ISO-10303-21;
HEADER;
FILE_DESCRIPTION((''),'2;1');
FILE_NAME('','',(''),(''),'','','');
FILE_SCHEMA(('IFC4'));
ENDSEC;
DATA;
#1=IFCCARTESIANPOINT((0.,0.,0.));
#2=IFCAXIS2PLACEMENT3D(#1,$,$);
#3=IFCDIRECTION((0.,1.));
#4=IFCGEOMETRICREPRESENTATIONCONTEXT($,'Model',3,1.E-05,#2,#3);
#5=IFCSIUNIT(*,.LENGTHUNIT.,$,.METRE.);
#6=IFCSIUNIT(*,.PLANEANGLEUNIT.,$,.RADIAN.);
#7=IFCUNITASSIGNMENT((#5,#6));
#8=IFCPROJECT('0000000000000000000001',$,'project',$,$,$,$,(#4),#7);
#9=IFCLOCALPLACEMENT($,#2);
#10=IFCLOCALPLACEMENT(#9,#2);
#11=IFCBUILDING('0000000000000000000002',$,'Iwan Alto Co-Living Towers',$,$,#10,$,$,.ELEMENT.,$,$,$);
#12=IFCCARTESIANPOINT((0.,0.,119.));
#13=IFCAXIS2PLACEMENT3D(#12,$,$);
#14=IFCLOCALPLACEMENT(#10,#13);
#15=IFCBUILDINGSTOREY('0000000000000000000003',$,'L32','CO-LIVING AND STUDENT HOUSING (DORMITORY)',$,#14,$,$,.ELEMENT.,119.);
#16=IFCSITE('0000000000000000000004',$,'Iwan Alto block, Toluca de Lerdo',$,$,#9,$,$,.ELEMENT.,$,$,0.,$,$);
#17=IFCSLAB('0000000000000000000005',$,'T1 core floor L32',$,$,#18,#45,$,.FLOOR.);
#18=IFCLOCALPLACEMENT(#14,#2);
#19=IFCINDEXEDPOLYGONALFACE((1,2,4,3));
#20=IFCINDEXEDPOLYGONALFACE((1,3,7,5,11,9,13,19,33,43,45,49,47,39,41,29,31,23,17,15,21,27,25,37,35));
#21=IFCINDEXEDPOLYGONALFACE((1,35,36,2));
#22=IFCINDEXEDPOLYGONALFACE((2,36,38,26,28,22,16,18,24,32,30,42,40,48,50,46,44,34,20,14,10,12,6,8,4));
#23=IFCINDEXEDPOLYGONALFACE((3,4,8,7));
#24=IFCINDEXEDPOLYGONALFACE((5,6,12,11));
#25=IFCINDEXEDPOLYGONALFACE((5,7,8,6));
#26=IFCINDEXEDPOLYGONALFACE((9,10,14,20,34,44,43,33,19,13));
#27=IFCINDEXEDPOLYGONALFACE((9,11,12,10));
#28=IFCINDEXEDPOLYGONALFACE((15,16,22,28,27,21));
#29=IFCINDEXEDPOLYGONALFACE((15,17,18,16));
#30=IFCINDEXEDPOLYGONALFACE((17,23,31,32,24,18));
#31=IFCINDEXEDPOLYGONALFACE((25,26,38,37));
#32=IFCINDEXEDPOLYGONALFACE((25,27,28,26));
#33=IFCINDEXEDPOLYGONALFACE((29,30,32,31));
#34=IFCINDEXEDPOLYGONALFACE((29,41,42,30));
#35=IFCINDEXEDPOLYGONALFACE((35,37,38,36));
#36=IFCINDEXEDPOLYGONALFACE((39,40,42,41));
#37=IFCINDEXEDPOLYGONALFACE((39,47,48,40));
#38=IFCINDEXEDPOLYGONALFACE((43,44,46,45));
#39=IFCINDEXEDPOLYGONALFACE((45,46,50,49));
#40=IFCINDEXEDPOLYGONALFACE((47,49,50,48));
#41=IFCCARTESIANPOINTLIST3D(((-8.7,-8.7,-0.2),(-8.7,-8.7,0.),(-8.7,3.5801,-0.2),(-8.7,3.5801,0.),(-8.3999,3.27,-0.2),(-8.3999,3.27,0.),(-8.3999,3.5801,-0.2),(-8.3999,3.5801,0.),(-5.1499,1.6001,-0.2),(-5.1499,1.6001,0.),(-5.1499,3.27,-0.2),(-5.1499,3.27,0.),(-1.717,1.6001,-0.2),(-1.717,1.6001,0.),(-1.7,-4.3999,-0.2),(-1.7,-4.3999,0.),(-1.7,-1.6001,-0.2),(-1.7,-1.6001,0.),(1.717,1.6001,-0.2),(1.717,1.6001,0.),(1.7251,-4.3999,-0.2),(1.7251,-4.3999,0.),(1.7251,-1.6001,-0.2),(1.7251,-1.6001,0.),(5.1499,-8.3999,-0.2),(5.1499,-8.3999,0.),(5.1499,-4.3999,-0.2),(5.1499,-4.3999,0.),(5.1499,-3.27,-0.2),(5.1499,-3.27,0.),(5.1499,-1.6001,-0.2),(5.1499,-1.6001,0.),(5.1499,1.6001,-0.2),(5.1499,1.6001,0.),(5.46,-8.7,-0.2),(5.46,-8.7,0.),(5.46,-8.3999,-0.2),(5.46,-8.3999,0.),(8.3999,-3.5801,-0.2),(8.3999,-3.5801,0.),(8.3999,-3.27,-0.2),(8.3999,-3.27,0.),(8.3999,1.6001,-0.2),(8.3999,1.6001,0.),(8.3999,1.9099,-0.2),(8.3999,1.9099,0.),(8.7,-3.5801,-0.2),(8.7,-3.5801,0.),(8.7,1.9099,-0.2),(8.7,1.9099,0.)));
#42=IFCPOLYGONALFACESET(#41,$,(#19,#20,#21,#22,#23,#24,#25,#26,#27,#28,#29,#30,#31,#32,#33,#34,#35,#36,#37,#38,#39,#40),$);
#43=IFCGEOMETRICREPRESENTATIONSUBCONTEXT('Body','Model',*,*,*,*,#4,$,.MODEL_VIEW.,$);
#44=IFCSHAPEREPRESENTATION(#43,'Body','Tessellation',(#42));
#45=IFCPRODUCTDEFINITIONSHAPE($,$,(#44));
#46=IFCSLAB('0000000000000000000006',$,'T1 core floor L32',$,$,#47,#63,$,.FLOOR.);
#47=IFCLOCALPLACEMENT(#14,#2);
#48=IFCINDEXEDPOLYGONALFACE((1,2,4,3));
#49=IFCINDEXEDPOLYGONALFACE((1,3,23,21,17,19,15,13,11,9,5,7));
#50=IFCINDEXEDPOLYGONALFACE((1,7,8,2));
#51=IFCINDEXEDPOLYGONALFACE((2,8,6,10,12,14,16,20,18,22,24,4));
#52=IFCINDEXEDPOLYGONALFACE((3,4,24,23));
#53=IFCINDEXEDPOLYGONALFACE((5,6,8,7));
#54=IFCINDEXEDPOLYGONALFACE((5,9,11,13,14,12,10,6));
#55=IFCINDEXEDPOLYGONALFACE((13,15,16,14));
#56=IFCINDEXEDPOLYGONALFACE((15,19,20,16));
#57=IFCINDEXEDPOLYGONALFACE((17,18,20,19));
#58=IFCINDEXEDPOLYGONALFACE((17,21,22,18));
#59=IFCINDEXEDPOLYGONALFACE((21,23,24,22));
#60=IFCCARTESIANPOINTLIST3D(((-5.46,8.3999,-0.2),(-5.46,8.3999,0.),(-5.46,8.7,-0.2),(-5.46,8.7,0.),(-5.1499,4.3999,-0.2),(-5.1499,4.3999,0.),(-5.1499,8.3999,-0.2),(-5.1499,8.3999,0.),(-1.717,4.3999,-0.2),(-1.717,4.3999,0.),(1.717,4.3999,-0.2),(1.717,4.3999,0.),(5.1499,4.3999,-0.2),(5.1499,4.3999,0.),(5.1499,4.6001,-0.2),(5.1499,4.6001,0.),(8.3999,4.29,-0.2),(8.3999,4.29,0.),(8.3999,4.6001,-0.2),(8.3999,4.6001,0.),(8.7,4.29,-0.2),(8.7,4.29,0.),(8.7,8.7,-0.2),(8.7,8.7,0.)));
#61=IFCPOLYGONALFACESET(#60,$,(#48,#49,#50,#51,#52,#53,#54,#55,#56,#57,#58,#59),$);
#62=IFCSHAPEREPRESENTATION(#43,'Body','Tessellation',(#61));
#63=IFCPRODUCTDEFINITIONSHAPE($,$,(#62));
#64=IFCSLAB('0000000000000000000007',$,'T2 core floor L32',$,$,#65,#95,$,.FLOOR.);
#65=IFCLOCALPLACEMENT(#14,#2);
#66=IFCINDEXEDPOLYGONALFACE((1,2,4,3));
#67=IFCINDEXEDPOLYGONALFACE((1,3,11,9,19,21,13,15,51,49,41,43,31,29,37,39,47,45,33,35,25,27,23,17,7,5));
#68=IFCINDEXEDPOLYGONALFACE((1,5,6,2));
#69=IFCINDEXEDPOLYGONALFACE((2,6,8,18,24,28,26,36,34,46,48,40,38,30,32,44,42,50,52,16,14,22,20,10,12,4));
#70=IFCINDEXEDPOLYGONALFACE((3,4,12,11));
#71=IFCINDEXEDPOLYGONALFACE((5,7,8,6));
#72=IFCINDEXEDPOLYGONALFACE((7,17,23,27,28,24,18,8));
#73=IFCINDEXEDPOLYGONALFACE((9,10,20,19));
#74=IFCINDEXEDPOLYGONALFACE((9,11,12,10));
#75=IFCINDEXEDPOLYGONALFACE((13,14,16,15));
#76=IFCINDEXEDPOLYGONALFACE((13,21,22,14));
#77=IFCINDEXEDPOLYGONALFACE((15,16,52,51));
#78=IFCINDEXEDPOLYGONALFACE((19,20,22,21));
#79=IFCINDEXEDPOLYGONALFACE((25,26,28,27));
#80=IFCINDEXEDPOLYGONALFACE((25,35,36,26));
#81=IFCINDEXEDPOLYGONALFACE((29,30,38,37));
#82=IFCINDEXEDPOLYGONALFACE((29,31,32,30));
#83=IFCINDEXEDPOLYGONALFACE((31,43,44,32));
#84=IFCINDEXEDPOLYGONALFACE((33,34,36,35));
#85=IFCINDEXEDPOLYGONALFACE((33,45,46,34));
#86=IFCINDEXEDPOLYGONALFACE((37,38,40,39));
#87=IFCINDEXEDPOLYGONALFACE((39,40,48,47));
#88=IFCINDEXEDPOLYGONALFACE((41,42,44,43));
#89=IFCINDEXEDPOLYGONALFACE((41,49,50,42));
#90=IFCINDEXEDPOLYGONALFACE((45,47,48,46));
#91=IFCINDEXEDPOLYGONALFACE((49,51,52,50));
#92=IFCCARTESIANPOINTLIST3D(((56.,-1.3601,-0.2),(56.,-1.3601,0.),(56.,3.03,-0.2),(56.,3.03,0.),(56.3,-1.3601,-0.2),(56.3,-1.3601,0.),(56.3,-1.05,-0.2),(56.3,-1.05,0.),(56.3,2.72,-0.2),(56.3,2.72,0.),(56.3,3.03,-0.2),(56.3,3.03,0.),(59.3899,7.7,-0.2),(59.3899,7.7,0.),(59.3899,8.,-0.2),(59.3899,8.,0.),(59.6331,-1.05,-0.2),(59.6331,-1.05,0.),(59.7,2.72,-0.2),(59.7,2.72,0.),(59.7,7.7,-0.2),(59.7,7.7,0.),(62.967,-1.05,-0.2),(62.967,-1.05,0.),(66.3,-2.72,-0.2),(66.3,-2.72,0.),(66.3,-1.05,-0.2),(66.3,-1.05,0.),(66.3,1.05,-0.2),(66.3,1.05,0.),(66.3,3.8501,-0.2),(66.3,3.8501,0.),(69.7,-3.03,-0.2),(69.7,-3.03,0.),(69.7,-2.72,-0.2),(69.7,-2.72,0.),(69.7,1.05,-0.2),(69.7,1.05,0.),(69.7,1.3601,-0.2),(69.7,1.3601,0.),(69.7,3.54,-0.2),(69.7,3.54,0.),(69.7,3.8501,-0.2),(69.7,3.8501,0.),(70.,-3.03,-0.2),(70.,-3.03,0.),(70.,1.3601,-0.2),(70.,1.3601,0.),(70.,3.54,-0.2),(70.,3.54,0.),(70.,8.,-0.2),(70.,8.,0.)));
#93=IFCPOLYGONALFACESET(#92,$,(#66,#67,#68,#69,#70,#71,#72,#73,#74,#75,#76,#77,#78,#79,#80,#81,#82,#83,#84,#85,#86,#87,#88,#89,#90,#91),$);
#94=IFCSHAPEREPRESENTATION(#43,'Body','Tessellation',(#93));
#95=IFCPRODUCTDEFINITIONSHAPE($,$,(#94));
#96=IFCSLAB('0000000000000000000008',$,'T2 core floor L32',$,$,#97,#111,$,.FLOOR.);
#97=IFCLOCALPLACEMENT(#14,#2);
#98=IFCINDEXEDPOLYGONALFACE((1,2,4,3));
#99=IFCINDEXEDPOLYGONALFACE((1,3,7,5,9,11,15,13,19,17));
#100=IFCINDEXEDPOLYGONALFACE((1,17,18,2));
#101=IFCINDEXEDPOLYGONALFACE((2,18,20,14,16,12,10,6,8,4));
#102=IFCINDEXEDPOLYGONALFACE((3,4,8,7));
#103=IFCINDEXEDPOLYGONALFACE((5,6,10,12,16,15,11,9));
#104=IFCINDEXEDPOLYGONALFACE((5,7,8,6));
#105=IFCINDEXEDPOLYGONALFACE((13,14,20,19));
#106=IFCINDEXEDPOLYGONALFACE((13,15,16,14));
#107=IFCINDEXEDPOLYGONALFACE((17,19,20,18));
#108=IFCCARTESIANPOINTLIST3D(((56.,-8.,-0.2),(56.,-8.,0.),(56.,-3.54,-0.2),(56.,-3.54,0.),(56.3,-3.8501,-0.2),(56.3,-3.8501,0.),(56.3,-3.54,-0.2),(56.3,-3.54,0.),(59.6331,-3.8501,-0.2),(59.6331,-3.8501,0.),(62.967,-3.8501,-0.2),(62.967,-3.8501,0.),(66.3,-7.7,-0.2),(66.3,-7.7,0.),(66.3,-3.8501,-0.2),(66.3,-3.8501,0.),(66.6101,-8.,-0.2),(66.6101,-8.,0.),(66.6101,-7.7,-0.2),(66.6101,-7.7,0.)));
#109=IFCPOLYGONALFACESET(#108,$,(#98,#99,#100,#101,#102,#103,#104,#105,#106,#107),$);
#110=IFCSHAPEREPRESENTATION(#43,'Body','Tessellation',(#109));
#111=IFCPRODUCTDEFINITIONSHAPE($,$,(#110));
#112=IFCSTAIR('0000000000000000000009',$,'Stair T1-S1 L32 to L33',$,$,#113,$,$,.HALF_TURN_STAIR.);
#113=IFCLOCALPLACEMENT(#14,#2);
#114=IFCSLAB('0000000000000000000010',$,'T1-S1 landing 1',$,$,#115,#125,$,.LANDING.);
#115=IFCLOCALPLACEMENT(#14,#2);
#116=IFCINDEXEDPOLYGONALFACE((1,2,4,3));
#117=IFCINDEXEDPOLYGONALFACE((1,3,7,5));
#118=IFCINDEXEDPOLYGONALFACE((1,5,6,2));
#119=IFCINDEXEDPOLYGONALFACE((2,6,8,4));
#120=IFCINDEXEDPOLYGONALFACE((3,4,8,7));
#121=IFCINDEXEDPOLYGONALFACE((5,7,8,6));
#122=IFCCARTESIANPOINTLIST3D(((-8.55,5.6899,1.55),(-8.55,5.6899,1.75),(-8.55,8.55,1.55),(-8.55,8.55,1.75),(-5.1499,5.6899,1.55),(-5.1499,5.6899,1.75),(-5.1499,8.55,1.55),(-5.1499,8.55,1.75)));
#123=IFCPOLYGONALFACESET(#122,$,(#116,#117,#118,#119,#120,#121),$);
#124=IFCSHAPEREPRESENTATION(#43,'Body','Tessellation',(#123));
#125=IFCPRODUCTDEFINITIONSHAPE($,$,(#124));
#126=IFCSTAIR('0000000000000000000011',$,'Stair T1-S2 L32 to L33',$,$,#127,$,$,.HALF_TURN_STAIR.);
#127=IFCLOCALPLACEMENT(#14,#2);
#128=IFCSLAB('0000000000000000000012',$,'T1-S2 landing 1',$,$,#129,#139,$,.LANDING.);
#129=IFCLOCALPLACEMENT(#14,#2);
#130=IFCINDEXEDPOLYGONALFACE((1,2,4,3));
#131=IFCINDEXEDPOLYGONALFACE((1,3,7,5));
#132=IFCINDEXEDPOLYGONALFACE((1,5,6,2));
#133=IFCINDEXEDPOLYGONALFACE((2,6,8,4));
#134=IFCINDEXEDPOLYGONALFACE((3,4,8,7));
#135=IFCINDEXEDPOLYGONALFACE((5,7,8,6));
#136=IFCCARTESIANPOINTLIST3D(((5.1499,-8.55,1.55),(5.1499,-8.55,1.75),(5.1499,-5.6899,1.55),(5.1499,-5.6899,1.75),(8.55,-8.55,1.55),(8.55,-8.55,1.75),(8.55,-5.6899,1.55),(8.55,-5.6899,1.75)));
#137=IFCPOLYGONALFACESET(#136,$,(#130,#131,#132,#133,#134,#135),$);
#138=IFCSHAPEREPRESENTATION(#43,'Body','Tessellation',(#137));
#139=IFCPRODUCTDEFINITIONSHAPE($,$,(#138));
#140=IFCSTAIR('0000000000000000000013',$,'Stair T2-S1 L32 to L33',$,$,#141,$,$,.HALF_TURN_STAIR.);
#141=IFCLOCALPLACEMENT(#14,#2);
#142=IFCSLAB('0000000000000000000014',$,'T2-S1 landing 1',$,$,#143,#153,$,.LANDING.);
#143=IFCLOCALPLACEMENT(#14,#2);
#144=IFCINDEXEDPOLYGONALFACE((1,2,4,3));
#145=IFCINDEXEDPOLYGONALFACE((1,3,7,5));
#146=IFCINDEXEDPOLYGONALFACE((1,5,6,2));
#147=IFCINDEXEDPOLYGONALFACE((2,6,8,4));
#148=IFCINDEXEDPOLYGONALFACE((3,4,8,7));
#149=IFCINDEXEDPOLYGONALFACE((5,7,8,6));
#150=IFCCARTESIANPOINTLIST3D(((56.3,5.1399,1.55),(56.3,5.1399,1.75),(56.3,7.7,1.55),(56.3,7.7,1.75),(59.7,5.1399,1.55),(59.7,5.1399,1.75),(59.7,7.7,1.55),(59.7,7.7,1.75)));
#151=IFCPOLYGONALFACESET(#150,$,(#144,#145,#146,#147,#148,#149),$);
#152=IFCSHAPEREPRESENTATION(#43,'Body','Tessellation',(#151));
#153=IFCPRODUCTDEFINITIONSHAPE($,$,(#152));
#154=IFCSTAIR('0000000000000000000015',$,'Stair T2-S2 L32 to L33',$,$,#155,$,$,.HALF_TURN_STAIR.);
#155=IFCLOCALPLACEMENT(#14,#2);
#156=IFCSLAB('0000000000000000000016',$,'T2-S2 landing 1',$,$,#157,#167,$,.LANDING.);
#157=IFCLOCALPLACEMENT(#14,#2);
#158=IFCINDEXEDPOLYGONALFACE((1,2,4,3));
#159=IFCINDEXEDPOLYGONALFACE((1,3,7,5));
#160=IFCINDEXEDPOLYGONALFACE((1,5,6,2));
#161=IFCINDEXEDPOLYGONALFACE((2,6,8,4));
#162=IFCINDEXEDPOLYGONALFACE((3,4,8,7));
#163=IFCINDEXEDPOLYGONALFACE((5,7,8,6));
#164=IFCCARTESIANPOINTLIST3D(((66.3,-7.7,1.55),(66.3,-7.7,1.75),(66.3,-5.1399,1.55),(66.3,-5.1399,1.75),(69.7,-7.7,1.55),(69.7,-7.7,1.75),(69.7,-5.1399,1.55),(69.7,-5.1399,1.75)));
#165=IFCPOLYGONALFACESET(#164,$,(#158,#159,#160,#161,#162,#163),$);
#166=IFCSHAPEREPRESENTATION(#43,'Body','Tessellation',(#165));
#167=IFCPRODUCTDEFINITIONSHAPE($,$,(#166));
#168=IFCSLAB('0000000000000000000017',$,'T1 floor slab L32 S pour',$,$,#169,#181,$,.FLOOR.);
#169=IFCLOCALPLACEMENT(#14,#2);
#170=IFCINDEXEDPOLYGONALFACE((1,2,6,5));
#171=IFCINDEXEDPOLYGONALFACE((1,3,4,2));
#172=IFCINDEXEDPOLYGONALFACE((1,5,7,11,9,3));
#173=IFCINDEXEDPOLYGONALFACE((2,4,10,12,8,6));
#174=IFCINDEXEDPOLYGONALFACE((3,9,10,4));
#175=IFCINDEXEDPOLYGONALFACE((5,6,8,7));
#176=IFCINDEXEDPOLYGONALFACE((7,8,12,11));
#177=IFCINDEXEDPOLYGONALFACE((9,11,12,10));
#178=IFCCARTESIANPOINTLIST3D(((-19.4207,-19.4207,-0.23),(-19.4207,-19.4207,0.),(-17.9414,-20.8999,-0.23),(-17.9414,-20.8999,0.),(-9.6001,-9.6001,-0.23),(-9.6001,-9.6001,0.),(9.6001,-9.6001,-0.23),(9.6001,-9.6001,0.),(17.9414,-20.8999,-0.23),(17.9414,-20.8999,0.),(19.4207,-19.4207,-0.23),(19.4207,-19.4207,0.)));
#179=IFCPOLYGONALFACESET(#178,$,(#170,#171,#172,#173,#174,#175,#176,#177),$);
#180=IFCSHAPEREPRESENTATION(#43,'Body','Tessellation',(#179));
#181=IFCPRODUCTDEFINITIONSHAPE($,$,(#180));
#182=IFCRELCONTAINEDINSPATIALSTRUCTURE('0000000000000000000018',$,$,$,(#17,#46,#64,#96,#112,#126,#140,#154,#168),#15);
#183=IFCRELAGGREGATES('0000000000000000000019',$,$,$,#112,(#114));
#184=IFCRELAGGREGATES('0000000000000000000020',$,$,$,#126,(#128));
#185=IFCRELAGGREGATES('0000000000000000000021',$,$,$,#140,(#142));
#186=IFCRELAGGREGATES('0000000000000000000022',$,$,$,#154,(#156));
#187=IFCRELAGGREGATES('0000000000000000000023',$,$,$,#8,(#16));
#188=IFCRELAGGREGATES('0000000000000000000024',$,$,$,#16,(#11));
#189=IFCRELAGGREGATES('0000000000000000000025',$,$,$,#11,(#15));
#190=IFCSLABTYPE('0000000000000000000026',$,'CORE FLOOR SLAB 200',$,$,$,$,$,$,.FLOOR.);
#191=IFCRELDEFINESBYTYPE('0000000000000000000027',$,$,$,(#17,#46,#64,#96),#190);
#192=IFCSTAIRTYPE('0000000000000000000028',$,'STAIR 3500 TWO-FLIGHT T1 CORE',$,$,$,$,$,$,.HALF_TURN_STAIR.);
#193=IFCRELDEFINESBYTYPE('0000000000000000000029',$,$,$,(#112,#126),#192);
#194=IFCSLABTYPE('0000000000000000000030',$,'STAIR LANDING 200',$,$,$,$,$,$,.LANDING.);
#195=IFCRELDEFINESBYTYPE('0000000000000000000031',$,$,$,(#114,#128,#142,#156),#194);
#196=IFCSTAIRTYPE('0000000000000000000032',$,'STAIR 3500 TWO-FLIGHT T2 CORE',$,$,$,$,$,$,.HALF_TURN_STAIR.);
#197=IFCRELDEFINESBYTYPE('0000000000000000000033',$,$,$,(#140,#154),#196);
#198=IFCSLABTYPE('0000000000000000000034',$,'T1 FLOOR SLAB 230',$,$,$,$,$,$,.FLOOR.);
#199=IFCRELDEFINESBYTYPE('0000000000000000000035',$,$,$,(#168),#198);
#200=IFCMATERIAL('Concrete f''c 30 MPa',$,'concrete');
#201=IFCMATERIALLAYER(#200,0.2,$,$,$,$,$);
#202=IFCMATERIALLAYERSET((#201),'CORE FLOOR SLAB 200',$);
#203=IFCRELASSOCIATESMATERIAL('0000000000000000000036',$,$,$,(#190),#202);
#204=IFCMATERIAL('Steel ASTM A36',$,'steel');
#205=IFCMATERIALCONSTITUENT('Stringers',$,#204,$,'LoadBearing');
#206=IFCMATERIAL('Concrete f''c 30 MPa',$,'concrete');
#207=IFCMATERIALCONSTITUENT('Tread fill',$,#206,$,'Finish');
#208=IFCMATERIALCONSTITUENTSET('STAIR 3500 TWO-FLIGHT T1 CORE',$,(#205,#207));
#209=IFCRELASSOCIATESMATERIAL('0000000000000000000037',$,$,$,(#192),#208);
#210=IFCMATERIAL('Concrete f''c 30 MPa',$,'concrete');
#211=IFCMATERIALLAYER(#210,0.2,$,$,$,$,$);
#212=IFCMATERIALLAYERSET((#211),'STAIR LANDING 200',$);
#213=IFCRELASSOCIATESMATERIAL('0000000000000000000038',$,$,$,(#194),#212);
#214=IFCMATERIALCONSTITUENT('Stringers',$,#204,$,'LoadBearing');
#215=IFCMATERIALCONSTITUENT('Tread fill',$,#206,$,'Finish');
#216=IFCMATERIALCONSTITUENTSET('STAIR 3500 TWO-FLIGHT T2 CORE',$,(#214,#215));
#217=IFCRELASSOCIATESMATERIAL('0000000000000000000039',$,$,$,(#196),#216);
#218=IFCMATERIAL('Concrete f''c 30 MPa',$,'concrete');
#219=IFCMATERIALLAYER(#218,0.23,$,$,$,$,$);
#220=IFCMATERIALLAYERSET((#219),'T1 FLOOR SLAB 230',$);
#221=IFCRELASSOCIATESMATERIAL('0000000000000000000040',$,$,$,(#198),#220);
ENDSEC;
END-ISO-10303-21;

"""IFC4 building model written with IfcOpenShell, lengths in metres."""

from ifc_helpers import new_model, si_unit, direction, frame, origin, place, context, subcontext, project, spatial, polyline, outline, extrude, material, layer, layer_set, constituent, constituent_set, type_object, element, aggregate, save


model = new_model("IFC4")

# Units and contexts
model_context = context("Model", 3, precision=1e-05, world=origin(), true_north=direction((0.0, 1.0)))
body_context = subcontext(model_context, "Body", "Model", "MODEL_VIEW")
ifc_project = project(units=[si_unit("LENGTHUNIT", "METRE"), si_unit("PLANEANGLEUNIT", "RADIAN")], contexts=[model_context])

# Site, building, storey
site_placement = place(None, origin())
site = spatial("IfcSite", under=ifc_project, at=site_placement, Name="Iwan Alto block, Toluca de Lerdo", CompositionType="ELEMENT", RefElevation=0.0)
building_placement = place(site_placement, origin())
building = spatial("IfcBuilding", under=site, at=building_placement, Name="Iwan Alto Co-Living Towers", CompositionType="ELEMENT")
storey_placement = place(building_placement, frame((0.0, 0.0, 119.0)))
storey = spatial("IfcBuildingStorey", under=building, at=storey_placement, Name="L32", Description="CO-LIVING AND STUDENT HOUSING (DORMITORY)", CompositionType="ELEMENT", Elevation=119.0)

# Slabs
ifc_material_1 = material(Name="Concrete f'c 30 MPa", Category="concrete")
ifc_layer_1 = layer(ifc_material_1, 0.2)
ifc_layer_set_1 = layer_set([ifc_layer_1], Name="CORE FLOOR SLAB 200")
slab_type_1 = type_object("IfcSlabType", Name="CORE FLOOR SLAB 200", PredefinedType="FLOOR", material=ifc_layer_set_1)
slab_1_placement = place(storey_placement, frame((0.0, 0.0, -0.2)))
element("IfcSlab", 1, at=slab_1_placement, inside=storey, type_object=slab_type_1, Name="T1 core floor L32", PredefinedType="FLOOR", context=body_context, shape_type="SweptSolid", body=[
    extrude(outline(polyline([(5.1499, -1.6001), (1.7251, -1.6001), (-1.7, -1.6001), (-1.7, -4.3999), (1.7251, -4.3999), (5.1499, -4.3999), (5.1499, -8.3999), (5.46, -8.3999), (5.46, -8.7), (-8.7, -8.7), (-8.7, 3.5801), (-8.3999, 3.5801), (-8.3999, 3.27), (-5.1499, 3.27), (-5.1499, 1.6001), (-1.717, 1.6001), (1.717, 1.6001), (5.1499, 1.6001), (8.3999, 1.6001), (8.3999, 1.9099), (8.7, 1.9099), (8.7, -3.5801), (8.3999, -3.5801), (8.3999, -3.27), (5.1499, -3.27), (5.1499, -1.6001)])), origin(), (0.0, 0.0, 1.0), 0.2),
])
slab_2_placement = place(storey_placement, frame((0.0, 0.0, -0.2)))
element("IfcSlab", 2, at=slab_2_placement, inside=storey, type_object=slab_type_1, Name="T1 core floor L32", PredefinedType="FLOOR", context=body_context, shape_type="SweptSolid", body=[
    extrude(outline(polyline([(1.717, 4.3999), (-1.717, 4.3999), (-5.1499, 4.3999), (-5.1499, 8.3999), (-5.46, 8.3999), (-5.46, 8.7), (8.7, 8.7), (8.7, 4.29), (8.3999, 4.29), (8.3999, 4.6001), (5.1499, 4.6001), (5.1499, 4.3999), (1.717, 4.3999)])), origin(), (0.0, 0.0, 1.0), 0.2),
])
slab_3_placement = place(storey_placement, frame((0.0, 0.0, -0.2)))
element("IfcSlab", 3, at=slab_3_placement, inside=storey, type_object=slab_type_1, Name="T2 core floor L32", PredefinedType="FLOOR", context=body_context, shape_type="SweptSolid", body=[
    extrude(outline(polyline([(70.0, -3.03), (69.7, -3.03), (69.7, -2.72), (66.3, -2.72), (66.3, -1.05), (62.967, -1.05), (59.6331, -1.05), (56.3, -1.05), (56.3, -1.3601), (56.0, -1.3601), (56.0, 3.03), (56.3, 3.03), (56.3, 2.72), (59.7, 2.72), (59.7, 7.7), (59.3899, 7.7), (59.3899, 8.0), (70.0, 8.0), (70.0, 3.54), (69.7, 3.54), (69.7, 3.8501), (66.3, 3.8501), (66.3, 1.05), (69.7, 1.05), (69.7, 1.3601), (70.0, 1.3601), (70.0, -3.03)])), origin(), (0.0, 0.0, 1.0), 0.2),
])
slab_4_placement = place(storey_placement, frame((0.0, 0.0, -0.2)))
element("IfcSlab", 4, at=slab_4_placement, inside=storey, type_object=slab_type_1, Name="T2 core floor L32", PredefinedType="FLOOR", context=body_context, shape_type="SweptSolid", body=[
    extrude(outline(polyline([(62.967, -3.8501), (66.3, -3.8501), (66.3, -7.7), (66.6101, -7.7), (66.6101, -8.0), (56.0, -8.0), (56.0, -3.54), (56.3, -3.54), (56.3, -3.8501), (59.6331, -3.8501), (62.967, -3.8501)])), origin(), (0.0, 0.0, 1.0), 0.2),
])

# Stairs, slabs
ifc_material_2 = material(Name="Steel ASTM A36", Category="steel")
ifc_constituent_1 = constituent(ifc_material_2, Name="Stringers", Category="LoadBearing")
ifc_material_3 = material(Name="Concrete f'c 30 MPa", Category="concrete")
ifc_constituent_2 = constituent(ifc_material_3, Name="Tread fill", Category="Finish")
ifc_constituent_set_1 = constituent_set(constituents=[ifc_constituent_1, ifc_constituent_2], Name="STAIR 3500 TWO-FLIGHT T1 CORE")
stair_type_1 = type_object("IfcStairType", Name="STAIR 3500 TWO-FLIGHT T1 CORE", PredefinedType="HALF_TURN_STAIR", material=ifc_constituent_set_1)
stair_1_placement = place(storey_placement, origin())
stair_1 = element("IfcStair", 5, at=stair_1_placement, inside=storey, type_object=stair_type_1, Name="Stair T1-S1 L32 to L33", PredefinedType="HALF_TURN_STAIR")
ifc_material_4 = material(Name="Concrete f'c 30 MPa", Category="concrete")
ifc_layer_2 = layer(ifc_material_4, 0.2)
ifc_layer_set_2 = layer_set([ifc_layer_2], Name="STAIR LANDING 200")
slab_type_2 = type_object("IfcSlabType", Name="STAIR LANDING 200", PredefinedType="LANDING", material=ifc_layer_set_2)
slab_5_placement = place(storey_placement, frame((0.0, 0.0, 1.55)))
slab_5 = element("IfcSlab", 6, at=slab_5_placement, type_object=slab_type_2, Name="T1-S1 landing 1", PredefinedType="LANDING", context=body_context, shape_type="SweptSolid", body=[
    extrude(outline(polyline([(-8.55, 5.6899), (-8.55, 8.55), (-5.1499, 8.55), (-5.1499, 5.6899), (-8.55, 5.6899)])), origin(), (0.0, 0.0, 1.0), 0.2),
])
aggregate(stair_1, [slab_5])
stair_2_placement = place(storey_placement, origin())
stair_2 = element("IfcStair", 7, at=stair_2_placement, inside=storey, type_object=stair_type_1, Name="Stair T1-S2 L32 to L33", PredefinedType="HALF_TURN_STAIR")
slab_6_placement = place(storey_placement, frame((0.0, 0.0, 1.55)))
slab_6 = element("IfcSlab", 8, at=slab_6_placement, type_object=slab_type_2, Name="T1-S2 landing 1", PredefinedType="LANDING", context=body_context, shape_type="SweptSolid", body=[
    extrude(outline(polyline([(5.1499, -5.6899), (5.1499, -8.55), (8.55, -8.55), (8.55, -5.6899), (5.1499, -5.6899)])), origin(), (0.0, 0.0, 1.0), 0.2),
])
aggregate(stair_2, [slab_6])
ifc_constituent_3 = constituent(ifc_material_2, Name="Stringers", Category="LoadBearing")
ifc_constituent_4 = constituent(ifc_material_3, Name="Tread fill", Category="Finish")
ifc_constituent_set_2 = constituent_set(constituents=[ifc_constituent_3, ifc_constituent_4], Name="STAIR 3500 TWO-FLIGHT T2 CORE")
stair_type_2 = type_object("IfcStairType", Name="STAIR 3500 TWO-FLIGHT T2 CORE", PredefinedType="HALF_TURN_STAIR", material=ifc_constituent_set_2)
stair_3_placement = place(storey_placement, origin())
stair_3 = element("IfcStair", 9, at=stair_3_placement, inside=storey, type_object=stair_type_2, Name="Stair T2-S1 L32 to L33", PredefinedType="HALF_TURN_STAIR")
slab_7_placement = place(storey_placement, frame((0.0, 0.0, 1.55)))
slab_7 = element("IfcSlab", 10, at=slab_7_placement, type_object=slab_type_2, Name="T2-S1 landing 1", PredefinedType="LANDING", context=body_context, shape_type="SweptSolid", body=[
    extrude(outline(polyline([(56.3, 5.1399), (56.3, 7.7), (59.7, 7.7), (59.7, 5.1399), (56.3, 5.1399)])), origin(), (0.0, 0.0, 1.0), 0.2),
])
aggregate(stair_3, [slab_7])
stair_4_placement = place(storey_placement, origin())
stair_4 = element("IfcStair", 11, at=stair_4_placement, inside=storey, type_object=stair_type_2, Name="Stair T2-S2 L32 to L33", PredefinedType="HALF_TURN_STAIR")
slab_8_placement = place(storey_placement, frame((0.0, 0.0, 1.55)))
slab_8 = element("IfcSlab", 12, at=slab_8_placement, type_object=slab_type_2, Name="T2-S2 landing 1", PredefinedType="LANDING", context=body_context, shape_type="SweptSolid", body=[
    extrude(outline(polyline([(66.3, -5.1399), (66.3, -7.7), (69.7, -7.7), (69.7, -5.1399), (66.3, -5.1399)])), origin(), (0.0, 0.0, 1.0), 0.2),
])
aggregate(stair_4, [slab_8])

# Slab
ifc_material_5 = material(Name="Concrete f'c 30 MPa", Category="concrete")
ifc_layer_3 = layer(ifc_material_5, 0.23)
ifc_layer_set_3 = layer_set([ifc_layer_3], Name="T1 FLOOR SLAB 230")
slab_type_3 = type_object("IfcSlabType", Name="T1 FLOOR SLAB 230", PredefinedType="FLOOR", material=ifc_layer_set_3)
slab_9_placement = place(storey_placement, frame((0.0, 0.0, -0.23)))
element("IfcSlab", 13, at=slab_9_placement, inside=storey, type_object=slab_type_3, Name="T1 floor slab L32 S pour", PredefinedType="FLOOR", context=body_context, shape_type="SweptSolid", body=[
    extrude(outline(polyline([(17.9414, -20.8999), (-17.9414, -20.8999), (-19.4207, -19.4207), (-9.6001, -9.6001), (9.6001, -9.6001), (19.4207, -19.4207), (17.9414, -20.8999)])), origin(), (0.0, 0.0, 1.0), 0.23),
])

save(model, "model.ifc")
